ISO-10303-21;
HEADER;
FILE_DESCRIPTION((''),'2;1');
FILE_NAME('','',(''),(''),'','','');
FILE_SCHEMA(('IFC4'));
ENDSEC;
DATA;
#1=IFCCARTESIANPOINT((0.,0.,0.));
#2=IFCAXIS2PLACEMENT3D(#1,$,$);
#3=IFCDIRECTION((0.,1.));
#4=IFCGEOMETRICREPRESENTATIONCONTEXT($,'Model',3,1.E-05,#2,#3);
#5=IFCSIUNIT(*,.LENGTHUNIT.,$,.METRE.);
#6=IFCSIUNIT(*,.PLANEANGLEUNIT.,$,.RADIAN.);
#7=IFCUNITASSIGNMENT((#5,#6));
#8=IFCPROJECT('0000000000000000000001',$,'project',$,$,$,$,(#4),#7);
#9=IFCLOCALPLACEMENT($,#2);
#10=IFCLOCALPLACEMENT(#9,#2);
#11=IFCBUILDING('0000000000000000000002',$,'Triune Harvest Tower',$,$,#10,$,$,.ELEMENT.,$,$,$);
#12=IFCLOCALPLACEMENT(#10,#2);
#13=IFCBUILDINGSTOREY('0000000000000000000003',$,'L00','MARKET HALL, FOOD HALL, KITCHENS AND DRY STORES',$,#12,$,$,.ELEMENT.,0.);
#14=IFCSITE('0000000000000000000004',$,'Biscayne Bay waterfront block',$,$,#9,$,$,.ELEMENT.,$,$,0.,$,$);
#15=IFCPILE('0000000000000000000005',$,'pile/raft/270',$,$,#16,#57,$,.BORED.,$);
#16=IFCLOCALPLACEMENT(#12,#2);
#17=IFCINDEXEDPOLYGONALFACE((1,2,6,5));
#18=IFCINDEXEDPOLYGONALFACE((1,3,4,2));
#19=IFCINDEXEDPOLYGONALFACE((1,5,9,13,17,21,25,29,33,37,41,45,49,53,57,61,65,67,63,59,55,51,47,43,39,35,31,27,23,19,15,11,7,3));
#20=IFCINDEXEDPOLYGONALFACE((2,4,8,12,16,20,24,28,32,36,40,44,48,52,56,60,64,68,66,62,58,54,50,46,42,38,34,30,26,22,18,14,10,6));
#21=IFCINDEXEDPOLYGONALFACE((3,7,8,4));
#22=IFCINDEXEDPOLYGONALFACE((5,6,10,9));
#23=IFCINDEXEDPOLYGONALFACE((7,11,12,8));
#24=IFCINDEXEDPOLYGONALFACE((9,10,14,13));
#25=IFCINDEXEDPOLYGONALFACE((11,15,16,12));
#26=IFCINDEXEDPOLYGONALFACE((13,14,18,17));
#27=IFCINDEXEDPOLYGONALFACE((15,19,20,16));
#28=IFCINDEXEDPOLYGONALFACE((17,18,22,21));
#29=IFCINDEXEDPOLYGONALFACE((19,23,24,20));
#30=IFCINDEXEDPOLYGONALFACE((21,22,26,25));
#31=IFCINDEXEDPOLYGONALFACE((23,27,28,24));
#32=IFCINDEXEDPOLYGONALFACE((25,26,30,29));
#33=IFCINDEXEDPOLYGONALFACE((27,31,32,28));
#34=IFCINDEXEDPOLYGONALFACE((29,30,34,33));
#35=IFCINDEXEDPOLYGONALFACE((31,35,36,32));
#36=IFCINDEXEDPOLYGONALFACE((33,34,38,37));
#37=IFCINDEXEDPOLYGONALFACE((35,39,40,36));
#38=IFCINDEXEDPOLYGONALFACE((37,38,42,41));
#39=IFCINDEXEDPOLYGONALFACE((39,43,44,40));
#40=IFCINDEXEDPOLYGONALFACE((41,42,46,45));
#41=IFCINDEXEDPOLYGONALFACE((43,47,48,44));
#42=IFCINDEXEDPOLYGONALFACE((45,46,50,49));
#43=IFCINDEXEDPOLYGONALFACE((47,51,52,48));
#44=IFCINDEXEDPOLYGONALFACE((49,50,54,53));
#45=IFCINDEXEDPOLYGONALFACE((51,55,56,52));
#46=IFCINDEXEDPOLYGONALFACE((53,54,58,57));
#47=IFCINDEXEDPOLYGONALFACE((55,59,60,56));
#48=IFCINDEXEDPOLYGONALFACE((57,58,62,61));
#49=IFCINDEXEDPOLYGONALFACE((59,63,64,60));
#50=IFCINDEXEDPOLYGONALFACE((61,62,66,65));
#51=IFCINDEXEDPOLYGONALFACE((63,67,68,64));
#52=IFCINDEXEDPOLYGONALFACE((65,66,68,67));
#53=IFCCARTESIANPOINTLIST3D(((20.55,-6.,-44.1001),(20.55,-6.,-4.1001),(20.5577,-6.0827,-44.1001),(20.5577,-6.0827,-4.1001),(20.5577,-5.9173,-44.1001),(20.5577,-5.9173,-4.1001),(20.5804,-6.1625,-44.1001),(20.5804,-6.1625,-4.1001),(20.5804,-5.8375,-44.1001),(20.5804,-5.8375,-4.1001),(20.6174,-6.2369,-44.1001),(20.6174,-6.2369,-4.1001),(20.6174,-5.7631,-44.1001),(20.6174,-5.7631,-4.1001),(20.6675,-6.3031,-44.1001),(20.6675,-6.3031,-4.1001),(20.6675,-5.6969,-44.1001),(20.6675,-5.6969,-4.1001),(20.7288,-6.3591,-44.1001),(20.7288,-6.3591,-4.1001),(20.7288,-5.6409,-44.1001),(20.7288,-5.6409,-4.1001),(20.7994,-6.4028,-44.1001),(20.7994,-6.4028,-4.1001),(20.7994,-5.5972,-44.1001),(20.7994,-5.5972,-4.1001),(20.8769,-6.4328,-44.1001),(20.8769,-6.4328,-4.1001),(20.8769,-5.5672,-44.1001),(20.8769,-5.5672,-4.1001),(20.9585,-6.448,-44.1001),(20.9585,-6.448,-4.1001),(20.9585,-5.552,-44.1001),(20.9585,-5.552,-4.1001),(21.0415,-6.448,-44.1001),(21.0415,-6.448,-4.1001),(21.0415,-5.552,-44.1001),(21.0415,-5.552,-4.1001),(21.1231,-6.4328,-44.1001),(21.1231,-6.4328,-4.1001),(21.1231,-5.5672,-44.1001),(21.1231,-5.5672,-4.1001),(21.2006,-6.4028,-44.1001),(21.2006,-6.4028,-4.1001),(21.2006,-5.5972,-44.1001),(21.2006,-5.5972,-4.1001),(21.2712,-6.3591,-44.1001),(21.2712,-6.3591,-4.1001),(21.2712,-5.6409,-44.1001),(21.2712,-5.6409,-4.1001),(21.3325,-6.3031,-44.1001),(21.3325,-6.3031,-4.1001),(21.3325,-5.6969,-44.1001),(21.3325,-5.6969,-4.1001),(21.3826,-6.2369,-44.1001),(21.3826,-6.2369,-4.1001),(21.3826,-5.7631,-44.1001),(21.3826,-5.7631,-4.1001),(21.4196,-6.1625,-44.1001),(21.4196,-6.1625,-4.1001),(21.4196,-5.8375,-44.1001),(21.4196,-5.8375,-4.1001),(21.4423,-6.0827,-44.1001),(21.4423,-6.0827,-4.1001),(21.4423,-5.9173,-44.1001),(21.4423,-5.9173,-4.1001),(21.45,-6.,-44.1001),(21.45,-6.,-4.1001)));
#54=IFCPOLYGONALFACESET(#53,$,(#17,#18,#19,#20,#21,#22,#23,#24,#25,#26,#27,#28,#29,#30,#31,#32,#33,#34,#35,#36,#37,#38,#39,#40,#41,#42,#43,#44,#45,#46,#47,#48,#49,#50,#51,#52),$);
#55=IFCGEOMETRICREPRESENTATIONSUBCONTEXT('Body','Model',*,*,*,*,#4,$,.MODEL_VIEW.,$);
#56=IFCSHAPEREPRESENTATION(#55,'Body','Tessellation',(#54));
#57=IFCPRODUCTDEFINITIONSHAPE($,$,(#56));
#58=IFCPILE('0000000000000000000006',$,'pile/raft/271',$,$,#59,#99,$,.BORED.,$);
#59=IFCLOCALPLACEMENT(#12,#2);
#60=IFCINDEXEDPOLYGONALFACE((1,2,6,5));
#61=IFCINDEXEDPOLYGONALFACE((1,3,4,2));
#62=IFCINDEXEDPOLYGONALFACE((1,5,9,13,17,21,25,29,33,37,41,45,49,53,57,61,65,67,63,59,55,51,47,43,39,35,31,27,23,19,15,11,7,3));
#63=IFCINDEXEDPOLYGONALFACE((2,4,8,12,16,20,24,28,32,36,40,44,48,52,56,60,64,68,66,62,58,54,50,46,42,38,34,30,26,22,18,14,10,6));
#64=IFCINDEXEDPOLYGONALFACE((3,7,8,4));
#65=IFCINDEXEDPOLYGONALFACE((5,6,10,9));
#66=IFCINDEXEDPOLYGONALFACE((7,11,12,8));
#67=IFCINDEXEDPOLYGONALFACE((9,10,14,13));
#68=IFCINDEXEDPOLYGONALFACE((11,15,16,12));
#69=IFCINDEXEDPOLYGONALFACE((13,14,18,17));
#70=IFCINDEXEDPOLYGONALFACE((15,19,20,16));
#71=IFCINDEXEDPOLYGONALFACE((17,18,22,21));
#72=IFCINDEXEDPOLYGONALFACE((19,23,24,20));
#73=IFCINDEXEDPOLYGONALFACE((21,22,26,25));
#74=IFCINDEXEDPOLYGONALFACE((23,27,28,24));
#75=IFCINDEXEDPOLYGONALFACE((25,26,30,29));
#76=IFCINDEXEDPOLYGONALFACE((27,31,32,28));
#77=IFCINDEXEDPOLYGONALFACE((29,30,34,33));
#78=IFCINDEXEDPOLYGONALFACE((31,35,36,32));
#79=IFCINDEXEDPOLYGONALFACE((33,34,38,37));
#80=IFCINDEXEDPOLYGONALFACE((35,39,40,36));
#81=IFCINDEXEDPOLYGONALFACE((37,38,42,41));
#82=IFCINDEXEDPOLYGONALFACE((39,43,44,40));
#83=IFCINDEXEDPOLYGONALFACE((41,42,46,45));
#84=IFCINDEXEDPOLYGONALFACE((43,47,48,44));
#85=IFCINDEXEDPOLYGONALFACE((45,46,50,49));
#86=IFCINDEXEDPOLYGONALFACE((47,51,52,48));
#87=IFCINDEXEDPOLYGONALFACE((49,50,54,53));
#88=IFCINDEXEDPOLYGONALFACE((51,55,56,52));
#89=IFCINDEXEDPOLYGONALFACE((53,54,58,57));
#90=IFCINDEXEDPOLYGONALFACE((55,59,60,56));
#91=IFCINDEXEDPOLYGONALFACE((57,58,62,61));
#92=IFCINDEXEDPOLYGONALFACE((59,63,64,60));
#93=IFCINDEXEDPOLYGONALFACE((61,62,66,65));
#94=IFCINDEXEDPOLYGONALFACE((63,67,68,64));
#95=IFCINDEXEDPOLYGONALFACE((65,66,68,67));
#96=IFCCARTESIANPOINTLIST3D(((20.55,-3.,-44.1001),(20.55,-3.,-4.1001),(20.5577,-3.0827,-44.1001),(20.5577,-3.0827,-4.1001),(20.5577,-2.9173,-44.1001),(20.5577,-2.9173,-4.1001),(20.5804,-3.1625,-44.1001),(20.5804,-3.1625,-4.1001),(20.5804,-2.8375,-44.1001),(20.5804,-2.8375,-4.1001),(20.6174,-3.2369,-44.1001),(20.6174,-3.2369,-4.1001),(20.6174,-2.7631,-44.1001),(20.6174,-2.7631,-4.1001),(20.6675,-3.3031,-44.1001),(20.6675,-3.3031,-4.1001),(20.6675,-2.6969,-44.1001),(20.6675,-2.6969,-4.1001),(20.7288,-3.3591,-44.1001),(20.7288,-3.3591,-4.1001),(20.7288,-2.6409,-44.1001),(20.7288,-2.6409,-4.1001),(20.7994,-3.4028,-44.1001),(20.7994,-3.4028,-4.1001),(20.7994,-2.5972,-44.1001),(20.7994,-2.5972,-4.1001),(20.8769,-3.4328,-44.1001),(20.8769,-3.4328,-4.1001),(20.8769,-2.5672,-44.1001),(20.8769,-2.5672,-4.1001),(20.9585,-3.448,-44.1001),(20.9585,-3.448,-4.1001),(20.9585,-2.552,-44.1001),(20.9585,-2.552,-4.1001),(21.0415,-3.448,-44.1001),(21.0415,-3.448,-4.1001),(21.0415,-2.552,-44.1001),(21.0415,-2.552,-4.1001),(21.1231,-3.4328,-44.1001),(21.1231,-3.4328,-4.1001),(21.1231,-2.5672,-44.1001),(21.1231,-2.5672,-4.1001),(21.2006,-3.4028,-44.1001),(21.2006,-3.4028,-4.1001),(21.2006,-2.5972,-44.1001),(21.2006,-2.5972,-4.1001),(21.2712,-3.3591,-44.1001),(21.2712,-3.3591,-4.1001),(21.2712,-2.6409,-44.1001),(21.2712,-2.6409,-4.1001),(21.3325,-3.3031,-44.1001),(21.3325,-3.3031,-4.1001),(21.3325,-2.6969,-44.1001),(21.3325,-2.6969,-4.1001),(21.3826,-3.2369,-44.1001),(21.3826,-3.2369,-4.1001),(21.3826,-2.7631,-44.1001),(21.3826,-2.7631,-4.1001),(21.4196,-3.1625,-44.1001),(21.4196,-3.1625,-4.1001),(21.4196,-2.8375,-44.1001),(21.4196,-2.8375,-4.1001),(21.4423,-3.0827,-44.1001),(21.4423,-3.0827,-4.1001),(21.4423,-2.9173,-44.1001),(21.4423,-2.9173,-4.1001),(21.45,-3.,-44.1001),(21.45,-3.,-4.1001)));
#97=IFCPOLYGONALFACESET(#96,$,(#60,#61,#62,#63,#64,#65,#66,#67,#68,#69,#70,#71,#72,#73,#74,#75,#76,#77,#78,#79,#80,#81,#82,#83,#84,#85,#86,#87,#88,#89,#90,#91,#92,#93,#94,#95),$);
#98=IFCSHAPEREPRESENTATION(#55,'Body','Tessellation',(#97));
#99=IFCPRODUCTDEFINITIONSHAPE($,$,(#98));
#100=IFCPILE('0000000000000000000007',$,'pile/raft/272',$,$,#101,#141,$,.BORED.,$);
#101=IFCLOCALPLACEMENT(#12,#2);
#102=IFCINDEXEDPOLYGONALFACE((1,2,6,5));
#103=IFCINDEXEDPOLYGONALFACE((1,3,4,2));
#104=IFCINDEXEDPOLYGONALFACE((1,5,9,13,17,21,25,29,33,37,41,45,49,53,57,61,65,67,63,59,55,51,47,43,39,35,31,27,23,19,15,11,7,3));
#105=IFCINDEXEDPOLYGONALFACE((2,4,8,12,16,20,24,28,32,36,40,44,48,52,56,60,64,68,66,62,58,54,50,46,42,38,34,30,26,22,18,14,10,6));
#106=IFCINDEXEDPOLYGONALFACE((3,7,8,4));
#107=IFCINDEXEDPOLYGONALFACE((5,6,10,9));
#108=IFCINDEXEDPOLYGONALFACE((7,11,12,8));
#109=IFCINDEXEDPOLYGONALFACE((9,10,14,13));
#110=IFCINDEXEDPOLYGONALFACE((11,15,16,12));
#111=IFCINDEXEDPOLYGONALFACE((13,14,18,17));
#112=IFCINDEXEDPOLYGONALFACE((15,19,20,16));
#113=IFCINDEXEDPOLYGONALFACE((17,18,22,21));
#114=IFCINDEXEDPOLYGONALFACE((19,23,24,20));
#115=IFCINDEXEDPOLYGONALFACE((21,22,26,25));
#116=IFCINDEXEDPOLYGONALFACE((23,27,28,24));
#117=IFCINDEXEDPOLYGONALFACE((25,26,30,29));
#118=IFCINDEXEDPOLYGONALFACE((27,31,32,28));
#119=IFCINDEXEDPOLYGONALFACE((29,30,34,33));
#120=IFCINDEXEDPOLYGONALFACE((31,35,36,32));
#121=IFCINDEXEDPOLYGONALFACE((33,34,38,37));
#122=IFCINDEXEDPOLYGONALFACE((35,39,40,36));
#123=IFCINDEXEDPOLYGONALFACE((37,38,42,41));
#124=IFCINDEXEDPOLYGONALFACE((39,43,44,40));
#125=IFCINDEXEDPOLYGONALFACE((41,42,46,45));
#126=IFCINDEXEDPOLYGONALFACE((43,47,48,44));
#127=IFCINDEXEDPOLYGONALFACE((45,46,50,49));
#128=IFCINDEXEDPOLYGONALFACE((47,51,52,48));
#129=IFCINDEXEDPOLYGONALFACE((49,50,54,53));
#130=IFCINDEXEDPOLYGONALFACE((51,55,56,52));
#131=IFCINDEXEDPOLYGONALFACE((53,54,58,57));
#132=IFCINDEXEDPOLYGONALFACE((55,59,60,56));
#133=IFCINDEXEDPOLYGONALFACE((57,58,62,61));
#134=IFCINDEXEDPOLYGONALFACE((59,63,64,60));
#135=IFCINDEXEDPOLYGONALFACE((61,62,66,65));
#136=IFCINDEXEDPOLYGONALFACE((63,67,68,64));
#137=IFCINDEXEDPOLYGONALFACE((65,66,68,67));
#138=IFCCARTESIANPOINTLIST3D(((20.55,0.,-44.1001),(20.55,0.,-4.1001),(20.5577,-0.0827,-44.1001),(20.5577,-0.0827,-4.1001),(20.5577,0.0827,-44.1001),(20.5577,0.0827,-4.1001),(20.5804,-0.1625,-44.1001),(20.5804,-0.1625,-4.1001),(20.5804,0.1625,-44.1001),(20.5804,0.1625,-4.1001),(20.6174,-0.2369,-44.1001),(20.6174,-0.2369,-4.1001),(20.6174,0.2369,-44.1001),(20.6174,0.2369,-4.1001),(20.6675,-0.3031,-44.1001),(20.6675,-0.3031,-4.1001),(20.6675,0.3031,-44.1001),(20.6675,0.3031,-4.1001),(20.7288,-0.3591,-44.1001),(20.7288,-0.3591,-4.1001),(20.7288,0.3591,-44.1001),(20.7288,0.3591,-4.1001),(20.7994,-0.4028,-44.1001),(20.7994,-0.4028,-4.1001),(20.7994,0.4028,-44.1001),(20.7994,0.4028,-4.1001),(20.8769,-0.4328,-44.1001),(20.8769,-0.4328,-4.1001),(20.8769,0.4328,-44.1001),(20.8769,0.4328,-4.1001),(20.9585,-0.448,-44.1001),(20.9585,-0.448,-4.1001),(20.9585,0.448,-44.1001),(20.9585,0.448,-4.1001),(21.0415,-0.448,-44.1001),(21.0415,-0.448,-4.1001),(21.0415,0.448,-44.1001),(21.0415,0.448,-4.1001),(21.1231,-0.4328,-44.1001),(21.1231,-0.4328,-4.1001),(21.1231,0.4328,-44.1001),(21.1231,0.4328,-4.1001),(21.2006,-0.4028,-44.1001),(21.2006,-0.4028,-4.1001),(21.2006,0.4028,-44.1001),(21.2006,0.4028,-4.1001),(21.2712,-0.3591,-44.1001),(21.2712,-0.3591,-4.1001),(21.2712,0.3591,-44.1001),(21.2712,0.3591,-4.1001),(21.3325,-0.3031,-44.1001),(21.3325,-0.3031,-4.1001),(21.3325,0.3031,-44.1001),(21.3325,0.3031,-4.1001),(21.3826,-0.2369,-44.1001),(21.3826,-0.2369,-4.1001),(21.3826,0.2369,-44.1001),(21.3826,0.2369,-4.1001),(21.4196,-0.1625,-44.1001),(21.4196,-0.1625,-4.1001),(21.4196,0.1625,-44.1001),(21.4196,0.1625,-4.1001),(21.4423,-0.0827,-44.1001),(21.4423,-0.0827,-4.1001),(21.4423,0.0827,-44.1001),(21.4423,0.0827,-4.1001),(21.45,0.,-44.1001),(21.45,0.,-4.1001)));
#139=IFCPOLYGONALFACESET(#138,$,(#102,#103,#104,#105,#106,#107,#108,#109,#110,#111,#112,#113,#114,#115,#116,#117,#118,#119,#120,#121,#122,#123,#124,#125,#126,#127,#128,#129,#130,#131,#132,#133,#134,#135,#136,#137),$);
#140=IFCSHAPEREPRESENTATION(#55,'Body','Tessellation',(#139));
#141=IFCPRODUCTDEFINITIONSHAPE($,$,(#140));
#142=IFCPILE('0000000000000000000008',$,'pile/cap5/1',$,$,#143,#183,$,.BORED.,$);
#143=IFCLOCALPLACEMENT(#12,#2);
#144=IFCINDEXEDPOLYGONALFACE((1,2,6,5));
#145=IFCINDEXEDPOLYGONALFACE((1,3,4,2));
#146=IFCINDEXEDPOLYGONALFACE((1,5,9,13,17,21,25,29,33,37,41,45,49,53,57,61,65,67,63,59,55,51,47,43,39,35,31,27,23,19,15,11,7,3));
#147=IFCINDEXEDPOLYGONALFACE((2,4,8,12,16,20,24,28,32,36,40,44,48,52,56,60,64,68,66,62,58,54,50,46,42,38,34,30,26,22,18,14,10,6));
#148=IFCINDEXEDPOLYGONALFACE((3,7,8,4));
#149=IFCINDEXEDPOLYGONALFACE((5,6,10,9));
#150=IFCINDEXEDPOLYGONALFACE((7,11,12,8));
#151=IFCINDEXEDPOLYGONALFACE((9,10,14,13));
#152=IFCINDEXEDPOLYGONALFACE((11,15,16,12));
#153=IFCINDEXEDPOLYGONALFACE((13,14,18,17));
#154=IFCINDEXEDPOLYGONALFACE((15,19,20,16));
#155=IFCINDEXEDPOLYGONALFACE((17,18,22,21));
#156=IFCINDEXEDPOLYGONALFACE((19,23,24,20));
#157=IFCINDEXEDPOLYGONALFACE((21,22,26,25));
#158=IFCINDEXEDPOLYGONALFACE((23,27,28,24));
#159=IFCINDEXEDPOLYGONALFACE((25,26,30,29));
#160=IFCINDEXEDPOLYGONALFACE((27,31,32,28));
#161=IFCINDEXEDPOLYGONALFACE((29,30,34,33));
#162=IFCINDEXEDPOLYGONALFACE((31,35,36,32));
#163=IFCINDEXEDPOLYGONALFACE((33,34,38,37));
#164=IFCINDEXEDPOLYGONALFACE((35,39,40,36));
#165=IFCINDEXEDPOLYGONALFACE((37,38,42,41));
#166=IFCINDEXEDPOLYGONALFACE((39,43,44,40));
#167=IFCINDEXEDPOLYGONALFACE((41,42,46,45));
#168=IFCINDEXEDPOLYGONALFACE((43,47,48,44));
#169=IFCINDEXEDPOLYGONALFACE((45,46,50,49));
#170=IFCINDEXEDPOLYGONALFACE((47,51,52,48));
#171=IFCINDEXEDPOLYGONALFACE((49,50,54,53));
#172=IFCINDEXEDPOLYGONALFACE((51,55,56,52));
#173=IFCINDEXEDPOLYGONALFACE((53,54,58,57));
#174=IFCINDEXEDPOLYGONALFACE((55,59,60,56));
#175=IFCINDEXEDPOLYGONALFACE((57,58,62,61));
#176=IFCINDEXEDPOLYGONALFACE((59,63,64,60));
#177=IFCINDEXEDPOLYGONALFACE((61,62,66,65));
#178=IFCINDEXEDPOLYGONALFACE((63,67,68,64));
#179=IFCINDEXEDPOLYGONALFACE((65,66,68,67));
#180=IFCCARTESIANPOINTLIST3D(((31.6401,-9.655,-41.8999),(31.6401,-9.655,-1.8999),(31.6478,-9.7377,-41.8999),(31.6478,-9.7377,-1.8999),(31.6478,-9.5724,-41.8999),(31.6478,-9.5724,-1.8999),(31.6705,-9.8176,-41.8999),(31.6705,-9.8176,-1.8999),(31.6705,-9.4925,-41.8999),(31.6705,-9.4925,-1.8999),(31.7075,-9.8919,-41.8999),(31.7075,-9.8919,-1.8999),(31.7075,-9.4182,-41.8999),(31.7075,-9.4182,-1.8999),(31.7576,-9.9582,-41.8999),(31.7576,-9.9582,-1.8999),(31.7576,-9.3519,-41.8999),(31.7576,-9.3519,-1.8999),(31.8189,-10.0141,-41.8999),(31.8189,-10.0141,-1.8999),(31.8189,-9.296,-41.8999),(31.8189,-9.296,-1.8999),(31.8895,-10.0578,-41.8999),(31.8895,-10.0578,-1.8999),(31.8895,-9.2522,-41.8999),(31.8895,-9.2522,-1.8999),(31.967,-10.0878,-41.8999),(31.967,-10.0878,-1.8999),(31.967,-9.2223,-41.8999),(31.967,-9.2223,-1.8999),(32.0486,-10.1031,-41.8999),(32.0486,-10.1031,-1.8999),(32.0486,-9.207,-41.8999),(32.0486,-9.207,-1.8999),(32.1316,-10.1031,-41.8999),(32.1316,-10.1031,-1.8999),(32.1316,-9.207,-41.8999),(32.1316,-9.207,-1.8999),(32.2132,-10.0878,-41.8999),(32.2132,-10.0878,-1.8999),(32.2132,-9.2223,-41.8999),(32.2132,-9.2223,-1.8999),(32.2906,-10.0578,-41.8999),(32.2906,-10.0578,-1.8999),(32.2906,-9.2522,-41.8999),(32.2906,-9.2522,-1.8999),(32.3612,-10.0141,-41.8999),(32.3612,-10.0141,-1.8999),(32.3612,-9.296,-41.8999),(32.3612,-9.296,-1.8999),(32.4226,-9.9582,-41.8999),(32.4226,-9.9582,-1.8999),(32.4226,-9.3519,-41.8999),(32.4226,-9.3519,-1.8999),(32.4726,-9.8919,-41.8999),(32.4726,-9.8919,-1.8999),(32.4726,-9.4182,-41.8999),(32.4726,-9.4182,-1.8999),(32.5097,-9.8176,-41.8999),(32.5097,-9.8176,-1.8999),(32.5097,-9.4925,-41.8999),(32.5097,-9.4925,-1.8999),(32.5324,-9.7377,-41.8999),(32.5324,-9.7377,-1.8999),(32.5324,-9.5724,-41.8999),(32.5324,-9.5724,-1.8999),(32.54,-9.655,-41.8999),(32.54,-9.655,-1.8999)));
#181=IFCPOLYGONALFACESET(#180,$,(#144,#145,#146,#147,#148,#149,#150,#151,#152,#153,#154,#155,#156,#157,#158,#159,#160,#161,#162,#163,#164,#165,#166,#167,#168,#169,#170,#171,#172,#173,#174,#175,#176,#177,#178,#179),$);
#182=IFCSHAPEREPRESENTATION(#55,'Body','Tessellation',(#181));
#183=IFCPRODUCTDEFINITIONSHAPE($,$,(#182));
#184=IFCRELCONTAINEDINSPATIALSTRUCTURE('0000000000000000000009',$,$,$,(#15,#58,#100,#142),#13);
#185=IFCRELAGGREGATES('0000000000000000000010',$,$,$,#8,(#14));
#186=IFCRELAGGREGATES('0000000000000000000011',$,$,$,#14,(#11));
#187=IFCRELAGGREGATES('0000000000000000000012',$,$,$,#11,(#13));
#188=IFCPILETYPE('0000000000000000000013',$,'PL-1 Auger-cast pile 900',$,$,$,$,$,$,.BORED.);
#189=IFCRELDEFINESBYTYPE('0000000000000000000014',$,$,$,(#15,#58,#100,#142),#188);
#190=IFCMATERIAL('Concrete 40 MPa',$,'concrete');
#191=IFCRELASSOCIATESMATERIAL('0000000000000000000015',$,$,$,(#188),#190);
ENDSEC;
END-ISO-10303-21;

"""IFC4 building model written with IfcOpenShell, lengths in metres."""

from ifc_helpers import new_model, si_unit, direction, frame, origin, origin_2d, place, context, subcontext, project, spatial, circle, extrude, source, transform, mapped, material, material_profile, profile_set, type_object, element, save


model = new_model("IFC4")

# Units and contexts
model_context = context("Model", 3, precision=1e-05, world=origin(), true_north=direction((0.0, 1.0)))
body_context = subcontext(model_context, "Body", "Model", "MODEL_VIEW")
ifc_project = project(units=[si_unit("LENGTHUNIT", "METRE"), si_unit("PLANEANGLEUNIT", "RADIAN")], contexts=[model_context])

# Site, building, storey
site_placement = place(None, origin())
site = spatial("IfcSite", under=ifc_project, at=site_placement, Name="Biscayne Bay waterfront block", CompositionType="ELEMENT", RefElevation=0.0)
building_placement = place(site_placement, origin())
building = spatial("IfcBuilding", under=site, at=building_placement, Name="Triune Harvest Tower", CompositionType="ELEMENT")
storey_placement = place(building_placement, origin())
storey = spatial("IfcBuildingStorey", under=building, at=storey_placement, Name="L00", Description="MARKET HALL, FOOD HALL, KITCHENS AND DRY STORES", CompositionType="ELEMENT", Elevation=0.0)

# Piles
ifc_material_1 = material(Name="Concrete 40 MPa", Category="concrete")
ifc_material_profile_1 = material_profile(ifc_material_1, circle(Radius=0.45, at=origin_2d()), Name="Bored 900")
ifc_profile_set_1 = profile_set([ifc_material_profile_1], Name="Concrete 40 MPa")
pile_type = type_object("IfcPileType", Name="PL-1 Auger-cast pile 900", PredefinedType="BORED", material=ifc_profile_set_1)
shared_shape_1 = source(origin(), body_context, "Body", "SweptSolid", [
    extrude(circle(Radius=0.45, at=origin_2d()), origin(), (0.0, 0.0, 1.0), 40.0),
])
for number, where, z_axis, x_axis, name in (
    (1, (21.0, -6.0, -4.1001), (0.0, 0.0, -1.0), (1.0, 0.0, 0.0), "pile/raft/270"),
    (2, (21.0, -3.0, -4.1001), (0.0, 0.0, -1.0), (1.0, 0.0, 0.0), "pile/raft/271"),
    (3, (21.0, 0.0, -4.1001), (0.0, 0.0, -1.0), (1.0, 0.0, 0.0), "pile/raft/272"),
    (4, (32.0901, -9.655, -1.8999), (0.0, 0.0, -1.0), (1.0, 0.0, 0.0), "pile/cap5/1"),
):
    element("IfcPile", number, at=place(storey_placement, frame(where, z_axis=z_axis, x_axis=x_axis)), inside=storey, type_object=pile_type, Name=name, PredefinedType="BORED", context=body_context, shape_type="MappedRepresentation", body=[
        mapped(shared_shape_1, transform((0.0, 0.0, 0.0), scale=1.0)),
    ])

save(model, "model.ifc")
